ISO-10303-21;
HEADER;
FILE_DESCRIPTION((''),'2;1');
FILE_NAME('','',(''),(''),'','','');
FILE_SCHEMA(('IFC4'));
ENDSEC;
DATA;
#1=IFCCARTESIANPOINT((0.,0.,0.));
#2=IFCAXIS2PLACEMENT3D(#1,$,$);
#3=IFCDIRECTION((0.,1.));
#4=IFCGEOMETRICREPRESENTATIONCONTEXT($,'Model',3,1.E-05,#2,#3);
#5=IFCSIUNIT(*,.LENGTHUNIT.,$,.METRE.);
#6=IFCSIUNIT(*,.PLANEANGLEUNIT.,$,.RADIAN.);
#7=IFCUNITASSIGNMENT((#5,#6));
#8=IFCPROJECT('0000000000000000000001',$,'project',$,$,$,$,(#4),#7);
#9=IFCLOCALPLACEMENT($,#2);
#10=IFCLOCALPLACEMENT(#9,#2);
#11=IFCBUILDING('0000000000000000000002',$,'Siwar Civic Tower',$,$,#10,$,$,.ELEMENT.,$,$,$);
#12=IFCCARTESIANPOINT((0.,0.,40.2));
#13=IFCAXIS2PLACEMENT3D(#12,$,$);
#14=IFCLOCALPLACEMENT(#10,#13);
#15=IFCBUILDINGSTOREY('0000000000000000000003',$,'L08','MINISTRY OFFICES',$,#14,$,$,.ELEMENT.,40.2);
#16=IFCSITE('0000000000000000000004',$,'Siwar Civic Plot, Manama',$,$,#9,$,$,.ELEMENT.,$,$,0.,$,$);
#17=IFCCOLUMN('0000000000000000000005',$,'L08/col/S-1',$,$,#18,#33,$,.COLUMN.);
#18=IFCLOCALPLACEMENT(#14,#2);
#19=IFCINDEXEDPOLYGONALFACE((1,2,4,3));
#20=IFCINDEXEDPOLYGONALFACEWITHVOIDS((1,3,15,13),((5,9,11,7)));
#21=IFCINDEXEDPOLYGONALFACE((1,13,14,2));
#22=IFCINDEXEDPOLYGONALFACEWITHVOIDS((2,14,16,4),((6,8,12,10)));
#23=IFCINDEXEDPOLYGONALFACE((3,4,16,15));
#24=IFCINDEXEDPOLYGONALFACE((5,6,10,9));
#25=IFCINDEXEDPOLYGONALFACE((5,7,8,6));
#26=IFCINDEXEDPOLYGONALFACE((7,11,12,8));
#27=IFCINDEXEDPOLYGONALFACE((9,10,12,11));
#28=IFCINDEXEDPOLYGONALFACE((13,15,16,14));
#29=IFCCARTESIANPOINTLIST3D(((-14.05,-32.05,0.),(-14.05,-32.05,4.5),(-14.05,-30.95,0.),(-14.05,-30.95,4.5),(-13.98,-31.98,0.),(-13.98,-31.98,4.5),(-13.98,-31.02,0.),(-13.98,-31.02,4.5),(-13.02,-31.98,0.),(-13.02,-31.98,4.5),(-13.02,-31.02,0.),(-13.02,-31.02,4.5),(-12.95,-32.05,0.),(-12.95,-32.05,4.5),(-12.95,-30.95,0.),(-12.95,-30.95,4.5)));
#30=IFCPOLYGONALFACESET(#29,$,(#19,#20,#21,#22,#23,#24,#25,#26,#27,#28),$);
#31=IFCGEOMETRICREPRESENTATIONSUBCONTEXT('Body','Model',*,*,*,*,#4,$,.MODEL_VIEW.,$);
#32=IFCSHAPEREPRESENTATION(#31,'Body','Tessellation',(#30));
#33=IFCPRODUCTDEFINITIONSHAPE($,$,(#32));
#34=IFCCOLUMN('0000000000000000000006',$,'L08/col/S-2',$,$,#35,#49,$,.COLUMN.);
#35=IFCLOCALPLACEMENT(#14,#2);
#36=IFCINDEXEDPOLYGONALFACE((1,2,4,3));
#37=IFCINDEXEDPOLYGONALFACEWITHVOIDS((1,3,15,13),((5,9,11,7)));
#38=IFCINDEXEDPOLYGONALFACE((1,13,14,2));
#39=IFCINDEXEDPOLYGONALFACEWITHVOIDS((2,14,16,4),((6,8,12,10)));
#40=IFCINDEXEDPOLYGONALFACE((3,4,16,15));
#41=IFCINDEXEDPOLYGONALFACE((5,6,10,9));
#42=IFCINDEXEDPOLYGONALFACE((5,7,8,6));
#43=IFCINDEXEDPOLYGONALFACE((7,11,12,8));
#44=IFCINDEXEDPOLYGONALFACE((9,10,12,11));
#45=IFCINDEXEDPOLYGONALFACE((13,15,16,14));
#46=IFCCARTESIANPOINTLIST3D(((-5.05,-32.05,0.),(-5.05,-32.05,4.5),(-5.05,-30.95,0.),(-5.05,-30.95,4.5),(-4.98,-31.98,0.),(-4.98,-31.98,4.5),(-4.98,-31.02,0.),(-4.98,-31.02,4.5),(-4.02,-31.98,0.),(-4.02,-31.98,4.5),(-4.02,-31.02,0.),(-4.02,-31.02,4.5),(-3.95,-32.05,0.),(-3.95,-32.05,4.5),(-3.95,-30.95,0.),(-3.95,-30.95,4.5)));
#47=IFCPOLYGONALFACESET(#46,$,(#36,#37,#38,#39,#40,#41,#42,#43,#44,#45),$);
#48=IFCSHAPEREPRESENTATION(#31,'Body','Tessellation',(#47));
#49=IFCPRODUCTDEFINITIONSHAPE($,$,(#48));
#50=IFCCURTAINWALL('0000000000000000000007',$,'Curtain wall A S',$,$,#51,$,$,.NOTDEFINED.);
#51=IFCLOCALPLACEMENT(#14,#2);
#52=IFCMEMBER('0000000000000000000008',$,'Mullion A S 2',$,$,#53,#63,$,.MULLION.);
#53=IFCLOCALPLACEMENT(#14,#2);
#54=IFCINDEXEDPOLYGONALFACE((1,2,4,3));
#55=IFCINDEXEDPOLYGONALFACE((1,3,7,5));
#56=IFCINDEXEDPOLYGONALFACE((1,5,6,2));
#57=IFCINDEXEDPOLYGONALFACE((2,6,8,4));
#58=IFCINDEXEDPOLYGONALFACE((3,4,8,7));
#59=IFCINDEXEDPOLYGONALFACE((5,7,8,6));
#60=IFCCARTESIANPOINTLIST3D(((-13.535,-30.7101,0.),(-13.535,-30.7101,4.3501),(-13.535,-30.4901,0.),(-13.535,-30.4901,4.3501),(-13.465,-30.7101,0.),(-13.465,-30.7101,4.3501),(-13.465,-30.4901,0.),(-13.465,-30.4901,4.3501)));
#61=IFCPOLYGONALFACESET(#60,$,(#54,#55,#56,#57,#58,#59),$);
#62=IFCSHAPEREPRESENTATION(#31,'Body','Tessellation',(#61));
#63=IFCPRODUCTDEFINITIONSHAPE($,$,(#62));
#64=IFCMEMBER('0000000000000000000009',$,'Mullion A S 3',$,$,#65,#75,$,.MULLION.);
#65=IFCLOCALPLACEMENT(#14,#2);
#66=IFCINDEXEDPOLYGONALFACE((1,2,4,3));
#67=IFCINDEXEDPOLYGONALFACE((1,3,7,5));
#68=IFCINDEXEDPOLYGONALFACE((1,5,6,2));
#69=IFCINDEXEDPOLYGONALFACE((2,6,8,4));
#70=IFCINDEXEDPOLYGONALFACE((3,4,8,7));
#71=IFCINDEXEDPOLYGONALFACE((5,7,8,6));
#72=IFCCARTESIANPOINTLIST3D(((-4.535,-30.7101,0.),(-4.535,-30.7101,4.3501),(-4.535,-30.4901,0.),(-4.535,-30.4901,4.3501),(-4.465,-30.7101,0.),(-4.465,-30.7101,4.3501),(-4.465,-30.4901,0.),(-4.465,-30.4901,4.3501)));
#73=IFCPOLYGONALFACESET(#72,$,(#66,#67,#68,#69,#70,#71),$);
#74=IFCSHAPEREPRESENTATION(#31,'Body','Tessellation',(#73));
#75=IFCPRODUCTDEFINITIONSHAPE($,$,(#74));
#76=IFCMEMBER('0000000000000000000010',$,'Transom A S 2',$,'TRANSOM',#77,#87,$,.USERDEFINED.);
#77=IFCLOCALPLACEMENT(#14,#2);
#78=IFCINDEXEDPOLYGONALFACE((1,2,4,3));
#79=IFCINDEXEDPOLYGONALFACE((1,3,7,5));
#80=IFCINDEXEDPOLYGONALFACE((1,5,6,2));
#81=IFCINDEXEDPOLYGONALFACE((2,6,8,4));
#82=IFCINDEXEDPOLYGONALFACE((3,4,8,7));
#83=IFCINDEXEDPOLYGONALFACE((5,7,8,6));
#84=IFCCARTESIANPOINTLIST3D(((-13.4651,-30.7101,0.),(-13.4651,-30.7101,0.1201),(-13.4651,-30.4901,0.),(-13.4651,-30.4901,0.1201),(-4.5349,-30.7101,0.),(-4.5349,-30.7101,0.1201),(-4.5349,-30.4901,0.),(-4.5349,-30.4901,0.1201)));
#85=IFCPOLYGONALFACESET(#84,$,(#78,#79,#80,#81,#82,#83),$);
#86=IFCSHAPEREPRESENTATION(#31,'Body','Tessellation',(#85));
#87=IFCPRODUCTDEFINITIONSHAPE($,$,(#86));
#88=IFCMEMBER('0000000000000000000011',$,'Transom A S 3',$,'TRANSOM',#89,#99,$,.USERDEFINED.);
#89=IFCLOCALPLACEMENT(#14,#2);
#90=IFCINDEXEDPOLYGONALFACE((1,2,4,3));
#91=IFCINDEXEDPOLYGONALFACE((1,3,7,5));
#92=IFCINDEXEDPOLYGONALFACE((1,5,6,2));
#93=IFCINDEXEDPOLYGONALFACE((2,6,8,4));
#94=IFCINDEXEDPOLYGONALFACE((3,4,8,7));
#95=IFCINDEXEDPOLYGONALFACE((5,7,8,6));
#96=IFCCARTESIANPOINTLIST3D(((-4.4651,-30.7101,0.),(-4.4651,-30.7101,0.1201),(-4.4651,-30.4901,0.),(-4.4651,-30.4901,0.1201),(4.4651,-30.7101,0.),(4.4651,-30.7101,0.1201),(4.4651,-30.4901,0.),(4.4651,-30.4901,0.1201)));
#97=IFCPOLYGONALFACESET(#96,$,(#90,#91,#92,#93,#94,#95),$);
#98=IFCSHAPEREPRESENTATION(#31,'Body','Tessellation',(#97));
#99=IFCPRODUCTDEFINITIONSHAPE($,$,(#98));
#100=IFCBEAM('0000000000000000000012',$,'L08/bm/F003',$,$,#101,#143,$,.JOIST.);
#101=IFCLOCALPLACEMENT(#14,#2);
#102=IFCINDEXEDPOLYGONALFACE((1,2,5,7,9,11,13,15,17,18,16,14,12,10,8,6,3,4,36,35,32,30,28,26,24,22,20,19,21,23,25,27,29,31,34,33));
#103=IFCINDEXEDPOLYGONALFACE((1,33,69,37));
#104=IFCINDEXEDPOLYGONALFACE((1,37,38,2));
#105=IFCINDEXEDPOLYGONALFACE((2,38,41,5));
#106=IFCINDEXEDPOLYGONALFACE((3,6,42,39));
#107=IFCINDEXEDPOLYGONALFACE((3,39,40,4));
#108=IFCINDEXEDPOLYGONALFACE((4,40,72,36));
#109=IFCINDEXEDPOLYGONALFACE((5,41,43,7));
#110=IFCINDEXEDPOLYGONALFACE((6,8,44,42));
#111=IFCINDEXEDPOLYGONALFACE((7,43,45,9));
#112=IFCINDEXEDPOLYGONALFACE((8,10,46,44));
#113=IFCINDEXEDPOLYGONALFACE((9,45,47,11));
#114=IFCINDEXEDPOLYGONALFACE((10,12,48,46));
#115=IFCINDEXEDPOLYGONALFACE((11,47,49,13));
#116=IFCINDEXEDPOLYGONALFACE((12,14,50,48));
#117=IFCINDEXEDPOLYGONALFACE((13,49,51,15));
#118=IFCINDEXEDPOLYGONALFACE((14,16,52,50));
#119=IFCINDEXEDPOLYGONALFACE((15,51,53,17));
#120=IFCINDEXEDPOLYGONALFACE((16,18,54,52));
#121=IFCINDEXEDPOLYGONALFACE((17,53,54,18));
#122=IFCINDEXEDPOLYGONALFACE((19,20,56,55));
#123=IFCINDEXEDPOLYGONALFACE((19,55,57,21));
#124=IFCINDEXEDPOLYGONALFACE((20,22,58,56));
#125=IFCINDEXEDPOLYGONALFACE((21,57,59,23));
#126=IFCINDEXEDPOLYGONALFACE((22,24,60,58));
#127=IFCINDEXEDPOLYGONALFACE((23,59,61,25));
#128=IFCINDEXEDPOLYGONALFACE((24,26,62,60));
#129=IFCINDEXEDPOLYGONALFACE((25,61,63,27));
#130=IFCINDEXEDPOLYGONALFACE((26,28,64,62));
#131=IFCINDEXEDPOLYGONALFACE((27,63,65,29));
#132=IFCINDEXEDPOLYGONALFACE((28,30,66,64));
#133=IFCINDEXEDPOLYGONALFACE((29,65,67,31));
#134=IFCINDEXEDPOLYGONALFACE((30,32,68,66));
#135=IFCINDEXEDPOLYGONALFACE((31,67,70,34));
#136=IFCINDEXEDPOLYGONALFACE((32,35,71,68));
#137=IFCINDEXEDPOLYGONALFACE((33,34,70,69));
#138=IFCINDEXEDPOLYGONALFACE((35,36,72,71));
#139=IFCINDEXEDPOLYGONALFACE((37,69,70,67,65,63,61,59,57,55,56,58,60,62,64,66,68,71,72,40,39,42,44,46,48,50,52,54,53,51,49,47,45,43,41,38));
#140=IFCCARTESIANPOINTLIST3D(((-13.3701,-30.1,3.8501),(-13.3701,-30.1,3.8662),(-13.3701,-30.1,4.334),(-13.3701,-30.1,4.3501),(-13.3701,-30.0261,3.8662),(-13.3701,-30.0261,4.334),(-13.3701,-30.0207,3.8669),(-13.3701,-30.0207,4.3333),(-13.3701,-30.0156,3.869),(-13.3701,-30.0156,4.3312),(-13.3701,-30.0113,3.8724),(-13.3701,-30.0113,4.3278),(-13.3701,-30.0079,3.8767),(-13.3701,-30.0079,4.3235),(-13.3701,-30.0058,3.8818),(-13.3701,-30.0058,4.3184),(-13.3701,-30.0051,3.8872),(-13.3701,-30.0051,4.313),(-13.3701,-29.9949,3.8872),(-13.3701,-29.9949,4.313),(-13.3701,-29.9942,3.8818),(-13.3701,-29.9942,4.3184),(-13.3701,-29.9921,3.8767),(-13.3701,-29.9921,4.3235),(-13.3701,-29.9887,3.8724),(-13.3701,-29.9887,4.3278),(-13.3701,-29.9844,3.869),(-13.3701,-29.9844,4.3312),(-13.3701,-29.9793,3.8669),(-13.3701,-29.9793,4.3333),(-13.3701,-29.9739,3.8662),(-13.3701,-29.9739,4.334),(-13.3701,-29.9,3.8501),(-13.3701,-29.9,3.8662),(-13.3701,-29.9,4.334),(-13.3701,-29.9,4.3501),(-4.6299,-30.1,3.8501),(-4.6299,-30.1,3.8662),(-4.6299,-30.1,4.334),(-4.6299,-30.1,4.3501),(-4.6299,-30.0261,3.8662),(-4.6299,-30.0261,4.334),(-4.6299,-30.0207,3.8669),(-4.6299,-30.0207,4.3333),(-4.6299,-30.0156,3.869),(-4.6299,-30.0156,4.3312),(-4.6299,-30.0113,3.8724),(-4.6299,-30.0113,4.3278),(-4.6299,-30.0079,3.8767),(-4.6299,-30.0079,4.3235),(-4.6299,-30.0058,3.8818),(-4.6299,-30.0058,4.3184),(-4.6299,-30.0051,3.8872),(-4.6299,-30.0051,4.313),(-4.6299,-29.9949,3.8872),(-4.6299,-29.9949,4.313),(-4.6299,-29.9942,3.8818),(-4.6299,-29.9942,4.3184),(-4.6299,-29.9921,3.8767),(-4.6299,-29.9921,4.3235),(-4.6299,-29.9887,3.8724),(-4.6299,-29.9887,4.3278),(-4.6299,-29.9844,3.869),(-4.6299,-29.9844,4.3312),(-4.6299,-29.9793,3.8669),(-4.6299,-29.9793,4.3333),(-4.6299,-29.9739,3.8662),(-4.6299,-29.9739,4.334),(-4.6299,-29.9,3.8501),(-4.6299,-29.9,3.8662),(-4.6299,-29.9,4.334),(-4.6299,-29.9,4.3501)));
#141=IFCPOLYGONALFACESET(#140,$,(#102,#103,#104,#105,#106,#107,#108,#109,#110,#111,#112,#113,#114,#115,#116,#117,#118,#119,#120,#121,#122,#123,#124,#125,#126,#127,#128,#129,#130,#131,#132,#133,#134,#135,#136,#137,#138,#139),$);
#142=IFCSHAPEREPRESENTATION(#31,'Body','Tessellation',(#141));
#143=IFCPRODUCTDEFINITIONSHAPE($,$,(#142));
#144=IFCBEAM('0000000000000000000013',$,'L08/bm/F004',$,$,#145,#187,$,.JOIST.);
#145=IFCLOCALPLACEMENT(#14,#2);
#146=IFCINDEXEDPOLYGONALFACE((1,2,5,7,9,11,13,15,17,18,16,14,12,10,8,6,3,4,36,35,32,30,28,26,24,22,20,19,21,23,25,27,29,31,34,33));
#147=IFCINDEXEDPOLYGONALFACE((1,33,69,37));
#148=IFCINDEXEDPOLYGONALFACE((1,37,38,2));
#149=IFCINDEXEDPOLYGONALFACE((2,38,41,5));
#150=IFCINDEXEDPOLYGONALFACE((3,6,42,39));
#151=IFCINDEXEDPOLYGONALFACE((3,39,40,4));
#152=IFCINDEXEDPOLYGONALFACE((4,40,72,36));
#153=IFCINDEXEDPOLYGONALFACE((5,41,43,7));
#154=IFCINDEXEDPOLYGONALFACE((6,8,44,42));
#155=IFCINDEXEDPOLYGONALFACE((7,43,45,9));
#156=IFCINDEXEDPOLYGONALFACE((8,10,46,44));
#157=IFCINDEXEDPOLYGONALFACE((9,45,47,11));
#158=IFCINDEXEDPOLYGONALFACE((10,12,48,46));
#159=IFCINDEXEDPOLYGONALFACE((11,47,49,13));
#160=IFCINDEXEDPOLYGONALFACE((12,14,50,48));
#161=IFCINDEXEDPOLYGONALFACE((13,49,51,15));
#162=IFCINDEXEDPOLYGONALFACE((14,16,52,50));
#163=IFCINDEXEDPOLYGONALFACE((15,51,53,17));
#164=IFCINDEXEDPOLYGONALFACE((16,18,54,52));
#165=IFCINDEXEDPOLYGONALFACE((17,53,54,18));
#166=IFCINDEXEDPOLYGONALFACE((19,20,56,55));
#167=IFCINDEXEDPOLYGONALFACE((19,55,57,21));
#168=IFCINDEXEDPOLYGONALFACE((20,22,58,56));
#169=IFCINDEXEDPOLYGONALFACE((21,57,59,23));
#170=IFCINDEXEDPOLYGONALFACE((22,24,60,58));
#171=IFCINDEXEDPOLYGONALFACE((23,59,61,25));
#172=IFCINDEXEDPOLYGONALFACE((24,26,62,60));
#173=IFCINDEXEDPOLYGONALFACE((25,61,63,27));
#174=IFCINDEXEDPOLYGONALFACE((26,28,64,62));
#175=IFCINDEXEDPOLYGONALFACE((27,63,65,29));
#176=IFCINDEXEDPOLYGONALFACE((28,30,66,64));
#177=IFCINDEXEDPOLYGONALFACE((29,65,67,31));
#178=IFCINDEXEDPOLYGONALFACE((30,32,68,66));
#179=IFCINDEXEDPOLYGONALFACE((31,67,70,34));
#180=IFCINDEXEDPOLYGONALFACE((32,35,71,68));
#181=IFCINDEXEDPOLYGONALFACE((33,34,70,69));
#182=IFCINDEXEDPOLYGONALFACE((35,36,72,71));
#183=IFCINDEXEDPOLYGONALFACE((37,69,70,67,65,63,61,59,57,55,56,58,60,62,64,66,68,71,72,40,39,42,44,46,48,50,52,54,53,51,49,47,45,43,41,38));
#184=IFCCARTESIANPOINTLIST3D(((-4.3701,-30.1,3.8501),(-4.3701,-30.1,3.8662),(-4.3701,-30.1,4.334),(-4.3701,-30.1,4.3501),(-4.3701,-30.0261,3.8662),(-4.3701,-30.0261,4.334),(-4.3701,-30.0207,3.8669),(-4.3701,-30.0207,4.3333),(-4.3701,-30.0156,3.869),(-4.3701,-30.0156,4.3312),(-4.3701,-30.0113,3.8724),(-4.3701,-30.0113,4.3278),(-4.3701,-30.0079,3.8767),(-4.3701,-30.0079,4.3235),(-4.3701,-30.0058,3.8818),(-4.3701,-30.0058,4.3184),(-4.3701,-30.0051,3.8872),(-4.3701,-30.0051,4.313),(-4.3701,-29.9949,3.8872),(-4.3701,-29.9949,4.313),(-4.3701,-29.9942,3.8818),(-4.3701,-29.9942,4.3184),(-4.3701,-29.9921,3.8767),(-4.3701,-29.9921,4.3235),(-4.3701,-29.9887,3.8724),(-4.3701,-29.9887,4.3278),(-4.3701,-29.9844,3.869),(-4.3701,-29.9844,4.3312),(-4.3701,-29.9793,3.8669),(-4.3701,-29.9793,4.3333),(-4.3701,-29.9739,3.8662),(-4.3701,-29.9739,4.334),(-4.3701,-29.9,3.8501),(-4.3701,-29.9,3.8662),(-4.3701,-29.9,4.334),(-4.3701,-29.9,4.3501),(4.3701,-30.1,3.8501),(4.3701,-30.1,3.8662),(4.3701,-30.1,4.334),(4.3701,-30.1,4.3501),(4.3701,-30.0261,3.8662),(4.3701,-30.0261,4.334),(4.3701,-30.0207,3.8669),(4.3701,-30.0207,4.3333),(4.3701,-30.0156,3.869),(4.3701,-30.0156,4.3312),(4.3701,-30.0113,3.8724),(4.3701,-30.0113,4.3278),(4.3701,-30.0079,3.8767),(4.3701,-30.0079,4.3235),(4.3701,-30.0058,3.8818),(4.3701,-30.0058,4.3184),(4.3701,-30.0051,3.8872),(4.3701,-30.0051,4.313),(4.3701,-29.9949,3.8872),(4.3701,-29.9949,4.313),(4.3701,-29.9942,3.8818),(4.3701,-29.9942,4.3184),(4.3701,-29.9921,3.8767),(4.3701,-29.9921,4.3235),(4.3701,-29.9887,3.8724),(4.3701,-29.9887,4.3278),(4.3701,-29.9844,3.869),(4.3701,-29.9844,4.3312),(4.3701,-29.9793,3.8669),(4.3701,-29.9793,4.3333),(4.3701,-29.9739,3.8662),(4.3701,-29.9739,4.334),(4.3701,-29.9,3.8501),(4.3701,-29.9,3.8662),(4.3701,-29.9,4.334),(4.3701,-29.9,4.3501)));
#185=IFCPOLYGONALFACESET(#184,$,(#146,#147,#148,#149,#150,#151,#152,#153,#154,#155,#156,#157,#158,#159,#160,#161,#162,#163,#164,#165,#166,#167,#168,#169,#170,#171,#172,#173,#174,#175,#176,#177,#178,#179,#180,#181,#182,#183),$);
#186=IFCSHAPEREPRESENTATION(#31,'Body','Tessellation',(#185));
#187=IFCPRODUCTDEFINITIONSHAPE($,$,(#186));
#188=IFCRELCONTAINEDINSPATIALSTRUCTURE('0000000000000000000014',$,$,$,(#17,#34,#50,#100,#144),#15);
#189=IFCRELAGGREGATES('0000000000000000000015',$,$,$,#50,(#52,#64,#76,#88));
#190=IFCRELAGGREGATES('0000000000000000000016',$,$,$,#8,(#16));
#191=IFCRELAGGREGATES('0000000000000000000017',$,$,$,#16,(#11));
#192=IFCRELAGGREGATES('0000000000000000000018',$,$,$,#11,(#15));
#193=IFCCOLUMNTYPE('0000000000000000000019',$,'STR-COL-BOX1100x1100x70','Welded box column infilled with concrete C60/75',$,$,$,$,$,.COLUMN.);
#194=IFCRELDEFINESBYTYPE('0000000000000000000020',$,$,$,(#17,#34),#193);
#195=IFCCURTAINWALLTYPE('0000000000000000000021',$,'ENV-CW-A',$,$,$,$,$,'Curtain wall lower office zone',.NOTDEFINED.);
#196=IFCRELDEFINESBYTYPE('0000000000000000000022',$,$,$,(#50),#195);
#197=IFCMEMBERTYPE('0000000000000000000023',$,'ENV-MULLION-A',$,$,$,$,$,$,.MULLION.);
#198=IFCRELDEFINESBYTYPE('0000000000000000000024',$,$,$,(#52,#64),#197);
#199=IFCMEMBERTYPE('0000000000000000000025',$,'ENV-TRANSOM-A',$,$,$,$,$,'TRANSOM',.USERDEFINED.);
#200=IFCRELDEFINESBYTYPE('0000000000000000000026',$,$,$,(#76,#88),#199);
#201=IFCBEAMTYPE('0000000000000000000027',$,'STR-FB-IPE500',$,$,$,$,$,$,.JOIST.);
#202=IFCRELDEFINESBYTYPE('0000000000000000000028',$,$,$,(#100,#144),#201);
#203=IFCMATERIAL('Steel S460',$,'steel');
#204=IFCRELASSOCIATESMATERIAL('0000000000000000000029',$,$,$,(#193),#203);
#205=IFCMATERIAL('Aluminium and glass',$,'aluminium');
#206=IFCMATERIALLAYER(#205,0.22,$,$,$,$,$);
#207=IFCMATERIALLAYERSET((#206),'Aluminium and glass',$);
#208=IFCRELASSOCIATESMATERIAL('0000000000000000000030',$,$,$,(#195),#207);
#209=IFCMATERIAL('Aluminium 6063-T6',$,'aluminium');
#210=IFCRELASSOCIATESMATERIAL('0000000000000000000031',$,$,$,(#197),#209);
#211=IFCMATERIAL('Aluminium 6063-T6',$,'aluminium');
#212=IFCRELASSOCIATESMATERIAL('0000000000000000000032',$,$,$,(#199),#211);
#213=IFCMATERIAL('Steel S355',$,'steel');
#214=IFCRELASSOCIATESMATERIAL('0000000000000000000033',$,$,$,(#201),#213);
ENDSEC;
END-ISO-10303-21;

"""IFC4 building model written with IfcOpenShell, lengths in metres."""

from ifc_helpers import new_model, si_unit, direction, frame, origin, origin_2d, place, context, subcontext, project, spatial, rectangle, hollow_rectangle, i_section, extrude, material, layer, layer_set, material_profile, profile_set, type_object, element, aggregate, save


model = new_model("IFC4")

# Units and contexts
model_context = context("Model", 3, precision=1e-05, world=origin(), true_north=direction((0.0, 1.0)))
body_context = subcontext(model_context, "Body", "Model", "MODEL_VIEW")
ifc_project = project(units=[si_unit("LENGTHUNIT", "METRE"), si_unit("PLANEANGLEUNIT", "RADIAN")], contexts=[model_context])

# Site, building, storey
site_placement = place(None, origin())
site = spatial("IfcSite", under=ifc_project, at=site_placement, Name="Siwar Civic Plot, Manama", CompositionType="ELEMENT", RefElevation=0.0)
building_placement = place(site_placement, origin())
building = spatial("IfcBuilding", under=site, at=building_placement, Name="Siwar Civic Tower", CompositionType="ELEMENT")
storey_placement = place(building_placement, frame((0.0, 0.0, 40.2)))
storey = spatial("IfcBuildingStorey", under=building, at=storey_placement, Name="L08", Description="MINISTRY OFFICES", CompositionType="ELEMENT", Elevation=40.2)

# Columns
ifc_material_1 = material(Name="Steel S460", Category="steel")
ifc_material_profile_1 = material_profile(ifc_material_1, hollow_rectangle(XDim=1.1001, YDim=1.1001, WallThickness=0.0701, at=origin_2d()), Name="BOX1100x1100x70")
ifc_profile_set_1 = profile_set([ifc_material_profile_1], Name="Steel S460")
column_type = type_object("IfcColumnType", Name="STR-COL-BOX1100x1100x70", Description="Welded box column infilled with concrete C60/75", PredefinedType="COLUMN", material=ifc_profile_set_1)
for number, where, z_axis, x_axis, name in (
    (1, (-13.5, -31.5, 0.0), (0.0, 0.0, 1.0), (1.0, 0.0, 0.0), "L08/col/S-1"),
    (2, (-4.5, -31.5, 0.0), (0.0, 0.0, 1.0), (1.0, 0.0, 0.0), "L08/col/S-2"),
):
    element("IfcColumn", number, at=place(storey_placement, frame(where, z_axis=z_axis, x_axis=x_axis)), inside=storey, type_object=column_type, Name=name, PredefinedType="COLUMN", context=body_context, shape_type="SweptSolid", body=[
        extrude(hollow_rectangle(XDim=1.1001, YDim=1.1001, WallThickness=0.0701, at=origin_2d()), origin(), (0.0, 0.0, 1.0), 4.5),
    ])

# Curtain wall, members
ifc_material_2 = material(Name="Aluminium and glass", Category="aluminium")
ifc_layer_1 = layer(ifc_material_2, 0.22)
ifc_layer_set_1 = layer_set([ifc_layer_1], Name="Aluminium and glass")
curtain_wall_type = type_object("IfcCurtainWallType", Name="ENV-CW-A", ElementType="Curtain wall lower office zone", PredefinedType="NOTDEFINED", material=ifc_layer_set_1)
curtain_wall_placement = place(storey_placement, origin())
curtain_wall = element("IfcCurtainWall", 3, at=curtain_wall_placement, inside=storey, type_object=curtain_wall_type, Name="Curtain wall A S", PredefinedType="NOTDEFINED")
ifc_material_3 = material(Name="Aluminium 6063-T6", Category="aluminium")
ifc_material_profile_2 = material_profile(ifc_material_3, rectangle(XDim=0.22, YDim=0.0701, at=origin_2d()), Name="AL 220x70")
ifc_profile_set_2 = profile_set([ifc_material_profile_2], Name="Aluminium 6063-T6")
member_type_1 = type_object("IfcMemberType", Name="ENV-MULLION-A", PredefinedType="MULLION", material=ifc_profile_set_2)
member_1_placement = place(storey_placement, frame((-13.5, -30.6001, 0.0), z_axis=(0.0, 0.0, 1.0), x_axis=(0.0, 1.0, 0.0)))
member_1 = element("IfcMember", 4, at=member_1_placement, type_object=member_type_1, Name="Mullion A S 2", PredefinedType="MULLION", context=body_context, shape_type="SweptSolid", body=[
    extrude(rectangle(XDim=0.22, YDim=0.0701, at=origin_2d()), origin(), (0.0, 0.0, 1.0), 4.3501),
])
member_2_placement = place(storey_placement, frame((-4.5, -30.6001, 0.0), z_axis=(0.0, 0.0, 1.0), x_axis=(0.0, 1.0, 0.0)))
member_2 = element("IfcMember", 5, at=member_2_placement, type_object=member_type_1, Name="Mullion A S 3", PredefinedType="MULLION", context=body_context, shape_type="SweptSolid", body=[
    extrude(rectangle(XDim=0.22, YDim=0.0701, at=origin_2d()), origin(), (0.0, 0.0, 1.0), 4.3501),
])
ifc_material_4 = material(Name="Aluminium 6063-T6", Category="aluminium")
ifc_material_profile_3 = material_profile(ifc_material_4, rectangle(XDim=0.22, YDim=0.1201, at=origin_2d()), Name="AL 220x120")
ifc_profile_set_3 = profile_set([ifc_material_profile_3], Name="Aluminium 6063-T6")
member_type_2 = type_object("IfcMemberType", Name="ENV-TRANSOM-A", ElementType="TRANSOM", PredefinedType="USERDEFINED", material=ifc_profile_set_3)
member_3_placement = place(storey_placement, frame((-13.4651, -30.6001, 0.0601), z_axis=(1.0, 0.0, 0.0), x_axis=(0.0, 1.0, 0.0)))
member_3 = element("IfcMember", 6, at=member_3_placement, type_object=member_type_2, Name="Transom A S 2", ObjectType="TRANSOM", PredefinedType="USERDEFINED", context=body_context, shape_type="SweptSolid", body=[
    extrude(rectangle(XDim=0.22, YDim=0.1201, at=origin_2d()), origin(), (0.0, 0.0, 1.0), 8.9302),
])
member_4_placement = place(storey_placement, frame((-4.4651, -30.6001, 0.0601), z_axis=(1.0, 0.0, 0.0), x_axis=(0.0, 1.0, 0.0)))
member_4 = element("IfcMember", 7, at=member_4_placement, type_object=member_type_2, Name="Transom A S 3", ObjectType="TRANSOM", PredefinedType="USERDEFINED", context=body_context, shape_type="SweptSolid", body=[
    extrude(rectangle(XDim=0.22, YDim=0.1201, at=origin_2d()), origin(), (0.0, 0.0, 1.0), 8.9302),
])

# Beams
ifc_material_5 = material(Name="Steel S355", Category="steel")
ifc_material_profile_4 = material_profile(ifc_material_5, i_section(OverallWidth=0.2, OverallDepth=0.5, WebThickness=0.0103, FlangeThickness=0.0161, FilletRadius=0.021, at=origin_2d()), Name="IPE500")
ifc_profile_set_4 = profile_set([ifc_material_profile_4], Name="Steel S355")
beam_type_1 = type_object("IfcBeamType", Name="STR-FB-IPE500", PredefinedType="JOIST", material=ifc_profile_set_4)
for number, where, z_axis, x_axis, name in (
    (8, (-13.3701, -30.0, 4.1001), (1.0, 0.0, 0.0), (0.0, 1.0, 0.0), "L08/bm/F003"),
    (9, (-4.3701, -30.0, 4.1001), (1.0, 0.0, 0.0), (0.0, 1.0, 0.0), "L08/bm/F004"),
):
    element("IfcBeam", number, at=place(storey_placement, frame(where, z_axis=z_axis, x_axis=x_axis)), inside=storey, type_object=beam_type_1, Name=name, PredefinedType="JOIST", context=body_context, shape_type="SweptSolid", body=[
        extrude(i_section(OverallWidth=0.2, OverallDepth=0.5, WebThickness=0.0103, FlangeThickness=0.0161, FilletRadius=0.021, at=origin_2d()), origin(), (0.0, 0.0, 1.0), 8.7402),
    ])

aggregate(curtain_wall, [member_1, member_2, member_3, member_4])

save(model, "model.ifc")
